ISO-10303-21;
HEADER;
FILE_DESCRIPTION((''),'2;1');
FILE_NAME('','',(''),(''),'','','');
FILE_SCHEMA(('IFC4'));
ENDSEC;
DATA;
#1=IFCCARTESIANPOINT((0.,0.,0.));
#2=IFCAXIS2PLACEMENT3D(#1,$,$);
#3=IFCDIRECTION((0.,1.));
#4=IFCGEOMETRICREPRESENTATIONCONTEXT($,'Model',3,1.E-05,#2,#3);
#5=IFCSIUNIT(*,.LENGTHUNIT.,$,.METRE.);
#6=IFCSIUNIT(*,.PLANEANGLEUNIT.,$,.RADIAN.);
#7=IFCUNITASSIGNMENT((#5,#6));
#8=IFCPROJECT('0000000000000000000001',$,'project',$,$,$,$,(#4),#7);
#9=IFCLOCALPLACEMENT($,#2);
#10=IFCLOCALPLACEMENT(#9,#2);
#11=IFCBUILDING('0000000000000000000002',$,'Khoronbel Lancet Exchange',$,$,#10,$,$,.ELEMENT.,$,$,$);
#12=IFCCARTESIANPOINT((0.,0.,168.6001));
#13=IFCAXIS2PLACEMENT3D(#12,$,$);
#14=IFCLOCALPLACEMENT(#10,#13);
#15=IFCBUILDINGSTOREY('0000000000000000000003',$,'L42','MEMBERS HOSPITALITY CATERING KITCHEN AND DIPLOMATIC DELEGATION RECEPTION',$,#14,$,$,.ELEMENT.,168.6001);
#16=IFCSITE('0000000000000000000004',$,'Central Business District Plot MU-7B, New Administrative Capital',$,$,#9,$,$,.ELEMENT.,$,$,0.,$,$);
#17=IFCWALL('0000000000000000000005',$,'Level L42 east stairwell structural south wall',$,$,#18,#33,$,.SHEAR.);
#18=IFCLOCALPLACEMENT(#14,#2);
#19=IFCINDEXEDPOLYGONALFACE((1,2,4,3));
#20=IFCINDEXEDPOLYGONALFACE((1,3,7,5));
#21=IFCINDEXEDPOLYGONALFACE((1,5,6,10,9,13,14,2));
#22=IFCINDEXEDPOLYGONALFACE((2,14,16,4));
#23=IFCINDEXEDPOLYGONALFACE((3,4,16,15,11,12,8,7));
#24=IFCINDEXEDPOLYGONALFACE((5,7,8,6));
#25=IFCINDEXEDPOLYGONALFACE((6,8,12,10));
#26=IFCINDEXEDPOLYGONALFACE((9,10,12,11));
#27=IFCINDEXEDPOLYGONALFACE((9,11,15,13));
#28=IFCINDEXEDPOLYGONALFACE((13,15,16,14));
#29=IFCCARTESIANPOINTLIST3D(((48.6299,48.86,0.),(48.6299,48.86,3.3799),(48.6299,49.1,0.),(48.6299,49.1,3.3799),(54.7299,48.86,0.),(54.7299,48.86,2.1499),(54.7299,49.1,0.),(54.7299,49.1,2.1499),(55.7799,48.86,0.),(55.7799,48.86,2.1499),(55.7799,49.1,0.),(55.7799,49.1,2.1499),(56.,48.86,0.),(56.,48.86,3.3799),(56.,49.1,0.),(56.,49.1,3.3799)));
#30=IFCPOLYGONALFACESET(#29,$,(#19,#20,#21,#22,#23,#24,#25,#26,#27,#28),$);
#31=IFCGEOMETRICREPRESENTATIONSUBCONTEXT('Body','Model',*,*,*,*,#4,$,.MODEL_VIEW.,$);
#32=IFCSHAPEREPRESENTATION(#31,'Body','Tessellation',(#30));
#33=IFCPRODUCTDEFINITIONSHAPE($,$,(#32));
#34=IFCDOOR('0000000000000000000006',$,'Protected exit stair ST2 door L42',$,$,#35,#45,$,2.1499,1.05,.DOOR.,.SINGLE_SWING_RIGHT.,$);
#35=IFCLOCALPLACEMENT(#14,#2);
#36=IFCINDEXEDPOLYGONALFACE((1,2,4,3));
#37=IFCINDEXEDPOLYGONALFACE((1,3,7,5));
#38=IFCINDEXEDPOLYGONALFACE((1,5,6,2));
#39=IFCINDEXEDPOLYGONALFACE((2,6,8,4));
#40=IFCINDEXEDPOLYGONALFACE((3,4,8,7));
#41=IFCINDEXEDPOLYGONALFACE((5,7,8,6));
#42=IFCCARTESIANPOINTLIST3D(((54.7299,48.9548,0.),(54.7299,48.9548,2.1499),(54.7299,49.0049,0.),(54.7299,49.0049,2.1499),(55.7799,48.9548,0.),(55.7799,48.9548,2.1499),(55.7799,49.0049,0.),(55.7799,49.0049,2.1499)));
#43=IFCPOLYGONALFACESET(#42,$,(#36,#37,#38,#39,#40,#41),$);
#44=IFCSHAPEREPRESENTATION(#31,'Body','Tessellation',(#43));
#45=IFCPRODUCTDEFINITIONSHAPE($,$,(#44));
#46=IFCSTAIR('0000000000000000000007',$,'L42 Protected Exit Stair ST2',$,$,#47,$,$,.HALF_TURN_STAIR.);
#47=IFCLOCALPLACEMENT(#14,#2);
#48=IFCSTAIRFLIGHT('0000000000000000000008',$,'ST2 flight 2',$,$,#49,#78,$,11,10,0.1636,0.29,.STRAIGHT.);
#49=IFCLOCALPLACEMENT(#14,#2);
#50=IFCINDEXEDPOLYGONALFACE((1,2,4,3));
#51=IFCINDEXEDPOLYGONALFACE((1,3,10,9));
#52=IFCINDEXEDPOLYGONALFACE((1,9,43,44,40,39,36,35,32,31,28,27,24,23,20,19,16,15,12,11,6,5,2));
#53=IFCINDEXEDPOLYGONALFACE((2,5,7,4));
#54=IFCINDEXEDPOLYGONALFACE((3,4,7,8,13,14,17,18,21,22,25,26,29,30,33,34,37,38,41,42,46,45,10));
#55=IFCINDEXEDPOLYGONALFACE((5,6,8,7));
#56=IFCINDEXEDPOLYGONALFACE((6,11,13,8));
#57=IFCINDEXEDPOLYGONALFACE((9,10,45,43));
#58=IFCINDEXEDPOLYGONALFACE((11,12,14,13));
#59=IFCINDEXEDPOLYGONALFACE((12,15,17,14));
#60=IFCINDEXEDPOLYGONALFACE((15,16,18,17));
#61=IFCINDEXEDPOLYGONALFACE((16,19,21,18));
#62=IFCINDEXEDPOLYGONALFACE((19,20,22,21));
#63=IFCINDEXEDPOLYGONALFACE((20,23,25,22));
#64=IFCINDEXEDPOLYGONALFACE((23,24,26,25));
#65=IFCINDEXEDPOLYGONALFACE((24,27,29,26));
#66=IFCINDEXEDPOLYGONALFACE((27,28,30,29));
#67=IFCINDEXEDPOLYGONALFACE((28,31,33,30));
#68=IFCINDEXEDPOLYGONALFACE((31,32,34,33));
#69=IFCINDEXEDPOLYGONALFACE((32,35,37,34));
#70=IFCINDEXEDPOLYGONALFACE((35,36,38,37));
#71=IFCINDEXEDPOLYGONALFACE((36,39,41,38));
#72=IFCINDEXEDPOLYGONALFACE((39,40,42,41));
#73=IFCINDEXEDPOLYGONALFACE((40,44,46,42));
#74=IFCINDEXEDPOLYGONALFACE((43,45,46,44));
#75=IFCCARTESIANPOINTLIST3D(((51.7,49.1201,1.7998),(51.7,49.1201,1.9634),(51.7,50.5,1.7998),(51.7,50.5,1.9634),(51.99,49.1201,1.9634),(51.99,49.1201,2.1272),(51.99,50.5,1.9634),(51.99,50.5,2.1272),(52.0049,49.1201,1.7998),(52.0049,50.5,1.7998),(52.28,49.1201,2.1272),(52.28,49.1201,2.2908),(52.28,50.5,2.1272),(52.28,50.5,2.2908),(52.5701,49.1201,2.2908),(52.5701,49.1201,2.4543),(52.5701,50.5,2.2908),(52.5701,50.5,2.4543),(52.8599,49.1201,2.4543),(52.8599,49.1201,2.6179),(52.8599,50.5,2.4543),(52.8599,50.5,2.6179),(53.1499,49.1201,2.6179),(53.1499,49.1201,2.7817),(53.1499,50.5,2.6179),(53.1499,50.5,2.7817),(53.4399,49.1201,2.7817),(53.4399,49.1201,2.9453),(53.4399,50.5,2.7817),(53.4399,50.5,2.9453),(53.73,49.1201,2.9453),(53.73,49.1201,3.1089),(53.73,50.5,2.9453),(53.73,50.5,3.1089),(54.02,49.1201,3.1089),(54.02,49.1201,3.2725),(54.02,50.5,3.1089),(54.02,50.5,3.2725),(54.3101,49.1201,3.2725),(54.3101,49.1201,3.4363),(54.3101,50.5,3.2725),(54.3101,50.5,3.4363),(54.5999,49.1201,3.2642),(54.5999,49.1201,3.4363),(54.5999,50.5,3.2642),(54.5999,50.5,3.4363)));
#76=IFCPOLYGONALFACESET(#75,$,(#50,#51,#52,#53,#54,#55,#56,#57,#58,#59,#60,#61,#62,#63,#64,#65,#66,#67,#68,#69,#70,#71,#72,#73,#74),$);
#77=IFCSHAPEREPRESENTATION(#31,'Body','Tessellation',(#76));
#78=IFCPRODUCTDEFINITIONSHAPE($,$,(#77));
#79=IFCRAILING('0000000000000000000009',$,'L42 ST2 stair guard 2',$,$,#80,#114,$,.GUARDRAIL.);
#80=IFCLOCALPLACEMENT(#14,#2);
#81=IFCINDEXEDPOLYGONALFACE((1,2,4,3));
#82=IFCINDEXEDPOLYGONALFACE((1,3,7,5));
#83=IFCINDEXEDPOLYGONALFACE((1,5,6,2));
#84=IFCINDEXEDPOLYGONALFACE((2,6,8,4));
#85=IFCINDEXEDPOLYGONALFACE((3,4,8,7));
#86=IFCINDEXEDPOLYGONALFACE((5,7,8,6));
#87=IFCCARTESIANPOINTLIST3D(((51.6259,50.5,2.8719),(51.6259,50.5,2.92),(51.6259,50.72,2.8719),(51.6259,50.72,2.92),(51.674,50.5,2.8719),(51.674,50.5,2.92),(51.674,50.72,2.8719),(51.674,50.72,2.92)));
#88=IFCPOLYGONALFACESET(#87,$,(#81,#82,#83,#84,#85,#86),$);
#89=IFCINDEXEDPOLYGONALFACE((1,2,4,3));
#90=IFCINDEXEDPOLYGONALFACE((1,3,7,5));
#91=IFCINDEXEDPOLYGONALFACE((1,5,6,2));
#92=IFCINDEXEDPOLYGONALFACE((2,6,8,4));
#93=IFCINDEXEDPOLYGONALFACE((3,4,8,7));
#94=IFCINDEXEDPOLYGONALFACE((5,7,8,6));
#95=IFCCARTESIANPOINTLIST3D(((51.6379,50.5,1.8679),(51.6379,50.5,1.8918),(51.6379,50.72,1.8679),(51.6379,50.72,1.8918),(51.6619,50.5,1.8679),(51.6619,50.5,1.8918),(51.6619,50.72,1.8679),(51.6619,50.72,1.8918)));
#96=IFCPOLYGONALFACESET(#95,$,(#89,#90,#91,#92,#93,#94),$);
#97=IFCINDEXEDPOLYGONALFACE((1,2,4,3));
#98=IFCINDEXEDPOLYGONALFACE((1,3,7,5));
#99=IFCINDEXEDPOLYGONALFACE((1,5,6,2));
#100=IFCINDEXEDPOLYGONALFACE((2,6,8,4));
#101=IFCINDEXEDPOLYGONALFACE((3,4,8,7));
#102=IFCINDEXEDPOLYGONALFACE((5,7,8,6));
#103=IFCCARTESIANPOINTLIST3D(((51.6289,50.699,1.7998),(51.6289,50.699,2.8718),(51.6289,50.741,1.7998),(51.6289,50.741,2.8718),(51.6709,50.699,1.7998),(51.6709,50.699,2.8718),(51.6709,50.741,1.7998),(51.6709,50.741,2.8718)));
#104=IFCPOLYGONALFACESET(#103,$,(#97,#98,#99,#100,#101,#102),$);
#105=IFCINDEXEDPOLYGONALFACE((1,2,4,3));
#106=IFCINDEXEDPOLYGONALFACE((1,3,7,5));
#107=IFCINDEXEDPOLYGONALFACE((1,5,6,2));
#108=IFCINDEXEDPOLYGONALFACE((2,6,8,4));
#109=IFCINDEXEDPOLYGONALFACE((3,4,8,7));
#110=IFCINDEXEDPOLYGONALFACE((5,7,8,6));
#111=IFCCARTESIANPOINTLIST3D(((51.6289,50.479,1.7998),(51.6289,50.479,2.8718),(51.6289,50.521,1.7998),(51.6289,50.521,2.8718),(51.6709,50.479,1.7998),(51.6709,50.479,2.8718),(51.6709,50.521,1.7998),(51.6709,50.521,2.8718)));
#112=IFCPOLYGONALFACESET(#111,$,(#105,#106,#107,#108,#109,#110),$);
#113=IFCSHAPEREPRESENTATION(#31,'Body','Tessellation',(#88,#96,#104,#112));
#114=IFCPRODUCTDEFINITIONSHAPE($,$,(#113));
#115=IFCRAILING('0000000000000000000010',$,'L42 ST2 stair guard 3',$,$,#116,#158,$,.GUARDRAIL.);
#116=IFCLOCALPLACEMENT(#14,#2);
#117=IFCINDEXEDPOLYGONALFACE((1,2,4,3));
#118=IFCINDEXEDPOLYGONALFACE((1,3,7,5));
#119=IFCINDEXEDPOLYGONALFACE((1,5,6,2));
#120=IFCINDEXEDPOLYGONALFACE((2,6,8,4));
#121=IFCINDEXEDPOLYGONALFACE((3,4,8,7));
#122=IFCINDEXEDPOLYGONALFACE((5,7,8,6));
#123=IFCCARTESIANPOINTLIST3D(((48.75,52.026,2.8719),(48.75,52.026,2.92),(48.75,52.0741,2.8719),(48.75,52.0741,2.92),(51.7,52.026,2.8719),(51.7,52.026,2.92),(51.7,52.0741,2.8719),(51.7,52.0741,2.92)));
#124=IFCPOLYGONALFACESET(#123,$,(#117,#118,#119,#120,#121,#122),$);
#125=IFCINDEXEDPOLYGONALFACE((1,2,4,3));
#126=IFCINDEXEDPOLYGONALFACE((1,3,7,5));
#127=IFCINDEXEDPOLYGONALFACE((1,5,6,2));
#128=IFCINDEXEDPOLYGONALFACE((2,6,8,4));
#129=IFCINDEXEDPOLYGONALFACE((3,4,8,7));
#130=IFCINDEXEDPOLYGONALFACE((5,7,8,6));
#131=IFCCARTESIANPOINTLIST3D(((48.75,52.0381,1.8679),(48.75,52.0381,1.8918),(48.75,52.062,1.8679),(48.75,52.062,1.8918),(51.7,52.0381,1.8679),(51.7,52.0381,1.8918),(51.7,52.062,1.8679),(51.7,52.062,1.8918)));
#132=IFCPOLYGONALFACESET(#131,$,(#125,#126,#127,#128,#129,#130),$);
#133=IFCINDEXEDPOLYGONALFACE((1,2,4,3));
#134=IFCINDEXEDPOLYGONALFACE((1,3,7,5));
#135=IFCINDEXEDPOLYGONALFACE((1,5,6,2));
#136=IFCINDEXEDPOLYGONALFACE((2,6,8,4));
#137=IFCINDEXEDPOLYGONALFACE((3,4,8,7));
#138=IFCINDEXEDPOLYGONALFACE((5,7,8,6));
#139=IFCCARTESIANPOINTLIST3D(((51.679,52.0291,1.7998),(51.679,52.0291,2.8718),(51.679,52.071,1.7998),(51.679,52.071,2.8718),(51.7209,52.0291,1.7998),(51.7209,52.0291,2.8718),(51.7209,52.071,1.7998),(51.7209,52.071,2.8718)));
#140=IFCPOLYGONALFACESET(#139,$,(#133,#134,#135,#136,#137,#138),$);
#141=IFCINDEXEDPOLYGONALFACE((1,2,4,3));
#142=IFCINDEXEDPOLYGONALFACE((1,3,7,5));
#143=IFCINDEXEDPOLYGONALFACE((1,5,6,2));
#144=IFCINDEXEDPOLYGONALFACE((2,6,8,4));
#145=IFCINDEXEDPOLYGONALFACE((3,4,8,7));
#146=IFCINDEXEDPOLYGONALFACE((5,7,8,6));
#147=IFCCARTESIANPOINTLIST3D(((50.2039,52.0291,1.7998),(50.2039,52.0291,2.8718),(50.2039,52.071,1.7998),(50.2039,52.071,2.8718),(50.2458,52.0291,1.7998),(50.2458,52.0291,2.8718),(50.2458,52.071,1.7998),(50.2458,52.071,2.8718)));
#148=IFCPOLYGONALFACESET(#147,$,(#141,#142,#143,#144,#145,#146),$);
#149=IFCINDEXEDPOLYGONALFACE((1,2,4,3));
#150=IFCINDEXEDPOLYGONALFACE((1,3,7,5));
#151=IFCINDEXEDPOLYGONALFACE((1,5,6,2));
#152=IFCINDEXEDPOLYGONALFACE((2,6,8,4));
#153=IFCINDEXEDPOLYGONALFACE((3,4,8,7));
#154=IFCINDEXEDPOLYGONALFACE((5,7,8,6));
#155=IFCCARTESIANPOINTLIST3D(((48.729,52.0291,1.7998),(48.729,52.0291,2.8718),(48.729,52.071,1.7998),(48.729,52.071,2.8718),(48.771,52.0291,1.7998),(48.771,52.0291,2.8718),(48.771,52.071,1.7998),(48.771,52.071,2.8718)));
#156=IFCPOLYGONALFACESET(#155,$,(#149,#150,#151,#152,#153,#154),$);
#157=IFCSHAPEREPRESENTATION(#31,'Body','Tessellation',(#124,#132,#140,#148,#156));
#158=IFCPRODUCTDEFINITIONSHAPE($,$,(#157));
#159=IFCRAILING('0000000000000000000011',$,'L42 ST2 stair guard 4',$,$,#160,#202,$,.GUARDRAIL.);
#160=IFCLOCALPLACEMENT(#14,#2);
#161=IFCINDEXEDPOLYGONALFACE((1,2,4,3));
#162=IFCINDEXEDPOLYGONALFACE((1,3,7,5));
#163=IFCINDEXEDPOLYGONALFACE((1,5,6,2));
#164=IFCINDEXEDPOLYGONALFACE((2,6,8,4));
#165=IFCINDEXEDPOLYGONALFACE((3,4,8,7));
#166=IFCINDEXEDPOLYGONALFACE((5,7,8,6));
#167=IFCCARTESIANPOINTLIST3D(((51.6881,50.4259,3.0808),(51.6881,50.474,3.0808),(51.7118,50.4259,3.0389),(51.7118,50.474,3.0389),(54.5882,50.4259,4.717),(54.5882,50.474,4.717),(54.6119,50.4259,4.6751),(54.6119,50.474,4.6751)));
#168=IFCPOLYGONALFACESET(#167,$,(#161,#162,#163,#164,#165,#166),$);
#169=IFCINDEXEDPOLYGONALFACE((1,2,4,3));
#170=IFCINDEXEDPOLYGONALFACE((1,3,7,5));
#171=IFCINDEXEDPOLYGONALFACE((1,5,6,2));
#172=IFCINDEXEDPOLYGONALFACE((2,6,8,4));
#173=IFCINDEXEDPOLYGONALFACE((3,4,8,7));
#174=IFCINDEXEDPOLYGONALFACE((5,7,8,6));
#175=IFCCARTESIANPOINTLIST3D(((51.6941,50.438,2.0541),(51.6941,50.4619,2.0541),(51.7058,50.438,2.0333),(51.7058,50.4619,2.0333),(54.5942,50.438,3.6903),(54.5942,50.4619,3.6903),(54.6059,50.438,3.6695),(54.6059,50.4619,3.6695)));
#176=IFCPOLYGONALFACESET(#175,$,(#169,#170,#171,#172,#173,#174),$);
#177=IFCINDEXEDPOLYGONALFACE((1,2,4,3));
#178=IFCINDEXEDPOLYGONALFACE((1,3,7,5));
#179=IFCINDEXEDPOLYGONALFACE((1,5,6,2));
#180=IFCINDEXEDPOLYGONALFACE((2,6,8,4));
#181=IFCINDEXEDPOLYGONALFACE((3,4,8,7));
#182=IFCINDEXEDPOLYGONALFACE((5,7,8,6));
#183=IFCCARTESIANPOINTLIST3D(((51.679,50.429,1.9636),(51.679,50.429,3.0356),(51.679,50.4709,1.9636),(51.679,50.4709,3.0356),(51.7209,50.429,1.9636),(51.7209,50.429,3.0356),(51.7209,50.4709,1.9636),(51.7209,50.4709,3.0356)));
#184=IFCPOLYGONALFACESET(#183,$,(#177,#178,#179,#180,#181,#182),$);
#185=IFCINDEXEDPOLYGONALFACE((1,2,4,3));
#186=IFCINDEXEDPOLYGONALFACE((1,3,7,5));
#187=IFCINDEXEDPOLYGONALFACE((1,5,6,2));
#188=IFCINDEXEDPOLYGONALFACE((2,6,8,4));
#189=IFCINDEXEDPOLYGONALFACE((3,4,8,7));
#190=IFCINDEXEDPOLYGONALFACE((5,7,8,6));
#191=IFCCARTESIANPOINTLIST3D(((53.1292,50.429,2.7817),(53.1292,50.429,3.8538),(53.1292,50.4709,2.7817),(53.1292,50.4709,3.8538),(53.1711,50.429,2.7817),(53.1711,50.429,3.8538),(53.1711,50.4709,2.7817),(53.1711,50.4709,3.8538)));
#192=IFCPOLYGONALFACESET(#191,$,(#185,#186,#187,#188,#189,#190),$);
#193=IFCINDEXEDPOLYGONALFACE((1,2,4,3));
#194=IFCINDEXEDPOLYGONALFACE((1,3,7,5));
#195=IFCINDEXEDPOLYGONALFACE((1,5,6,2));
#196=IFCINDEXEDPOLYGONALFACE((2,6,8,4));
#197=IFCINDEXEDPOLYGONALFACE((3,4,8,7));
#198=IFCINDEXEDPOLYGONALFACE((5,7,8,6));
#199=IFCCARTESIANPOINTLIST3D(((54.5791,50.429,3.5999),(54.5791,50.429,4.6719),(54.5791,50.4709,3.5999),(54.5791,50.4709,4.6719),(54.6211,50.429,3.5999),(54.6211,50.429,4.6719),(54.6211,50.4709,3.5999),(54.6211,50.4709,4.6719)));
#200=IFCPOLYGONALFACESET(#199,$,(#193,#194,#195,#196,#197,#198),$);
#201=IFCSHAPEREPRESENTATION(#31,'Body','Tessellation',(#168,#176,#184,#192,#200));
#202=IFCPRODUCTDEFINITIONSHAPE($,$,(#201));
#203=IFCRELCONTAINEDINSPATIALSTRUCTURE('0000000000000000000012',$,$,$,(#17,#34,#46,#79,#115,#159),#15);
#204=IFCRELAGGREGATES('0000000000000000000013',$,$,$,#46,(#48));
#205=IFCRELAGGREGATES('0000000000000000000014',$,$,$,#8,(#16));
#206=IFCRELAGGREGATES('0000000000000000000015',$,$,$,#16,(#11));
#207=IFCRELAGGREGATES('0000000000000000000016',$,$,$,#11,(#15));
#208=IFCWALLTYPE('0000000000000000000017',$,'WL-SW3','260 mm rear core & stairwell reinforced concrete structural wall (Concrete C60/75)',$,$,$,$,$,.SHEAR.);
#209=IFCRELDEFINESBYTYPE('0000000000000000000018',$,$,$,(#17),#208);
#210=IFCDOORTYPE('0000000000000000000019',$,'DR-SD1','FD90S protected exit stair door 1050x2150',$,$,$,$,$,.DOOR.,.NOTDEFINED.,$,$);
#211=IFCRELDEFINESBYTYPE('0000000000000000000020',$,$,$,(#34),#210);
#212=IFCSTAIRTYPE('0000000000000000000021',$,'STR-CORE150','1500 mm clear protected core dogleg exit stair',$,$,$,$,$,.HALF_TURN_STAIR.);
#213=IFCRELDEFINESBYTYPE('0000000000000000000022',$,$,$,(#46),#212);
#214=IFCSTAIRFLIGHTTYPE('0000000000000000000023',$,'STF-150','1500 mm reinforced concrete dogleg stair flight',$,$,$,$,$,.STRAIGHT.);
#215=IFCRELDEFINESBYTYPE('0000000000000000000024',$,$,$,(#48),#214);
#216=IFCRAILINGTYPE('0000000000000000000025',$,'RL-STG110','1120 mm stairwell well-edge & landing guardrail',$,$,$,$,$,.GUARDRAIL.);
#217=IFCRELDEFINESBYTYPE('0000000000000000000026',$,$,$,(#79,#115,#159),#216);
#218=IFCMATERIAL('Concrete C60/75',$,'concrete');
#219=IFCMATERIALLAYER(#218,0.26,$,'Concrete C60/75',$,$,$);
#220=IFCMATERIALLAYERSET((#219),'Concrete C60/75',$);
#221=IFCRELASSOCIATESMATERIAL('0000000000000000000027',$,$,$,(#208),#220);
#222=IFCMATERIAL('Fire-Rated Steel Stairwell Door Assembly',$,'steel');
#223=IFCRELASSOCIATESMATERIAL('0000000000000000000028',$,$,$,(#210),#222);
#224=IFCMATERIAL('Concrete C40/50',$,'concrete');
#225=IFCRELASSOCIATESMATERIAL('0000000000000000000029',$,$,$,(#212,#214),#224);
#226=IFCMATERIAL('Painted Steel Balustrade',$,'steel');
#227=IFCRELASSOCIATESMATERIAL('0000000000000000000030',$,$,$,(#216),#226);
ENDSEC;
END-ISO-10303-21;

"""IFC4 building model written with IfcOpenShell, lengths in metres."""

from ifc_helpers import new_model, si_unit, direction, frame, frame_2d, origin, origin_2d, place, context, subcontext, project, spatial, polyline, rectangle, outline, extrude, material, layer, layer_set, type_object, element, fill, aggregate, save


model = new_model("IFC4")

# Units and contexts
model_context = context("Model", 3, precision=1e-05, world=origin(), true_north=direction((0.0, 1.0)))
body_context = subcontext(model_context, "Body", "Model", "MODEL_VIEW")
ifc_project = project(units=[si_unit("LENGTHUNIT", "METRE"), si_unit("PLANEANGLEUNIT", "RADIAN")], contexts=[model_context])

# Site, building, storey
site_placement = place(None, origin())
site = spatial("IfcSite", under=ifc_project, at=site_placement, Name="Central Business District Plot MU-7B, New Administrative Capital", CompositionType="ELEMENT", RefElevation=0.0)
building_placement = place(site_placement, origin())
building = spatial("IfcBuilding", under=site, at=building_placement, Name="Khoronbel Lancet Exchange", CompositionType="ELEMENT")
storey_placement = place(building_placement, frame((0.0, 0.0, 168.6001)))
storey = spatial("IfcBuildingStorey", under=building, at=storey_placement, Name="L42", Description="MEMBERS HOSPITALITY CATERING KITCHEN AND DIPLOMATIC DELEGATION RECEPTION", CompositionType="ELEMENT", Elevation=168.6001)

# Wall, opening, door
ifc_material_1 = material(Name="Concrete C60/75", Category="concrete")
ifc_layer_1 = layer(ifc_material_1, 0.26, Name="Concrete C60/75")
ifc_layer_set_1 = layer_set([ifc_layer_1], Name="Concrete C60/75")
wall_type_1 = type_object("IfcWallType", Name="WL-SW3", Description="260 mm rear core & stairwell reinforced concrete structural wall (Concrete C60/75)", PredefinedType="SHEAR", material=ifc_layer_set_1)
wall_1_placement = place(storey_placement, frame((48.6299, 48.98, 0.0), z_axis=(0.0, 0.0, 1.0), x_axis=(1.0, 0.0, 0.0)))
wall_1 = element("IfcWall", 1, at=wall_1_placement, inside=storey, type_object=wall_type_1, Name="Level L42 east stairwell structural south wall", PredefinedType="SHEAR", context=body_context, shape_type="SweptSolid", body=[
    extrude(rectangle(XDim=7.3701, YDim=0.24, at=frame_2d((3.6851, 0.0))), origin(), (0.0, 0.0, 1.0), 3.3799),
])
opening_1_placement = place(wall_1_placement, frame((6.1001, 0.0, 0.0)))
opening_1 = element("IfcOpeningElement", 2, at=opening_1_placement, cuts=wall_1, PredefinedType="OPENING", context=body_context, shape_type="SweptSolid", body=[
    extrude(rectangle(XDim=1.05, YDim=2.1499, at=frame_2d((0.5249, 1.075))), frame((0.0, 0.1299, 0.0), z_axis=(0.0, -1.0, 0.0), x_axis=(1.0, 0.0, 0.0)), (0.0, 0.0, 1.0), 0.26),
])
ifc_material_2 = material(Name="Fire-Rated Steel Stairwell Door Assembly", Category="steel")
door_type_1 = type_object("IfcDoorType", Name="DR-SD1", Description="FD90S protected exit stair door 1050x2150", OperationType="NOTDEFINED", PredefinedType="DOOR", material=ifc_material_2)
door_1_placement = place(opening_1_placement, origin())
door_1 = element("IfcDoor", 3, at=door_1_placement, inside=storey, type_object=door_type_1, Name="Protected exit stair ST2 door L42", OperationType="SINGLE_SWING_RIGHT", OverallHeight=2.1499, OverallWidth=1.05, PredefinedType="DOOR", context=body_context, shape_type="SweptSolid", body=[
    extrude(rectangle(XDim=1.05, YDim=2.1499, at=frame_2d((0.5249, 1.075))), frame((0.0, 0.0249, 0.0), z_axis=(0.0, -1.0, 0.0), x_axis=(1.0, 0.0, 0.0)), (0.0, 0.0, 1.0), 0.05),
])
fill(opening_1, door_1)

# Stair, stair flight
ifc_material_3 = material(Name="Concrete C40/50", Category="concrete")
stair_type = type_object("IfcStairType", Name="STR-CORE150", Description="1500 mm clear protected core dogleg exit stair", PredefinedType="HALF_TURN_STAIR", material=ifc_material_3)
stair_placement = place(storey_placement, origin())
stair = element("IfcStair", 4, at=stair_placement, inside=storey, type_object=stair_type, Name="L42 Protected Exit Stair ST2", PredefinedType="HALF_TURN_STAIR")
stair_flight_type = type_object("IfcStairFlightType", Name="STF-150", Description="1500 mm reinforced concrete dogleg stair flight", PredefinedType="STRAIGHT", material=ifc_material_3)
stair_flight_placement = place(storey_placement, frame((51.7, 49.8101, 1.7998), z_axis=(0.0, 0.0, 1.0), x_axis=(1.0, 0.0, 0.0)))
stair_flight = element("IfcStairFlight", 5, at=stair_flight_placement, type_object=stair_flight_type, Name="ST2 flight 2", NumberOfRisers=11, NumberOfTreads=10, PredefinedType="STRAIGHT", RiserHeight=0.1636, TreadLength=0.29, context=body_context, shape_type="SweptSolid", body=[
    extrude(outline(polyline([(0.0, 0.0), (0.0, 0.1636), (0.29, 0.1636), (0.29, 0.3274), (0.5801, 0.3274), (0.5801, 0.491), (0.8701, 0.491), (0.8701, 0.6545), (1.1599, 0.6545), (1.1599, 0.8181), (1.45, 0.8181), (1.45, 0.9819), (1.74, 0.9819), (1.74, 1.1455), (2.03, 1.1455), (2.03, 1.3091), (2.3201, 1.3091), (2.3201, 1.4727), (2.6101, 1.4727), (2.6101, 1.6365), (2.8999, 1.6365), (2.8999, 1.8), (2.8999, 1.4644), (0.3049, 0.0), (0.0, 0.0)])), frame((0.0, 0.6899, 0.0), z_axis=(0.0, -1.0, 0.0), x_axis=(1.0, 0.0, 0.0)), (0.0, 0.0, 1.0), 1.3799),
])
aggregate(stair, [stair_flight])

# Railings
ifc_material_4 = material(Name="Painted Steel Balustrade", Category="steel")
railing_type_1 = type_object("IfcRailingType", Name="RL-STG110", Description="1120 mm stairwell well-edge & landing guardrail", PredefinedType="GUARDRAIL", material=ifc_material_4)
railing_1_placement = place(storey_placement, frame((51.6499, 50.72, 1.7998)))
element("IfcRailing", 6, at=railing_1_placement, inside=storey, type_object=railing_type_1, Name="L42 ST2 stair guard 2", PredefinedType="GUARDRAIL", context=body_context, shape_type="SweptSolid", body=[
    extrude(rectangle(XDim=0.0481, YDim=0.0481, at=origin_2d()), frame((0.0, 0.0, 1.0962), z_axis=(0.0, -1.0, 0.0), x_axis=(1.0, 0.0, 0.0)), (0.0, 0.0, 1.0), 0.22),
    extrude(rectangle(XDim=0.0239, YDim=0.0239, at=origin_2d()), frame((0.0, 0.0, 0.0801), z_axis=(0.0, -1.0, 0.0), x_axis=(1.0, 0.0, 0.0)), (0.0, 0.0, 1.0), 0.22),
    extrude(rectangle(XDim=0.042, YDim=0.042, at=origin_2d()), origin(), (0.0, 0.0, 1.0), 1.072),
    extrude(rectangle(XDim=0.042, YDim=0.042, at=origin_2d()), frame((0.0, -0.22, 0.0)), (0.0, 0.0, 1.0), 1.072),
])
railing_2_placement = place(storey_placement, frame((51.7, 52.05, 1.7998)))
element("IfcRailing", 7, at=railing_2_placement, inside=storey, type_object=railing_type_1, Name="L42 ST2 stair guard 3", PredefinedType="GUARDRAIL", context=body_context, shape_type="SweptSolid", body=[
    extrude(rectangle(XDim=0.0481, YDim=0.0481, at=origin_2d()), frame((0.0, 0.0, 1.0962), z_axis=(-1.0, 0.0, 0.0), x_axis=(0.0, -1.0, 0.0)), (0.0, 0.0, 1.0), 2.95),
    extrude(rectangle(XDim=0.0239, YDim=0.0239, at=origin_2d()), frame((0.0, 0.0, 0.0801), z_axis=(-1.0, 0.0, 0.0), x_axis=(0.0, -1.0, 0.0)), (0.0, 0.0, 1.0), 2.95),
    extrude(rectangle(XDim=0.042, YDim=0.042, at=origin_2d()), origin(), (0.0, 0.0, 1.0), 1.072),
    extrude(rectangle(XDim=0.042, YDim=0.042, at=origin_2d()), frame((-1.4751, 0.0, 0.0)), (0.0, 0.0, 1.0), 1.072),
    extrude(rectangle(XDim=0.042, YDim=0.042, at=origin_2d()), frame((-2.95, 0.0, 0.0)), (0.0, 0.0, 1.0), 1.072),
])
railing_3_placement = place(storey_placement, frame((51.7, 50.45, 1.9636)))
element("IfcRailing", 8, at=railing_3_placement, inside=storey, type_object=railing_type_1, Name="L42 ST2 stair guard 4", PredefinedType="GUARDRAIL", context=body_context, shape_type="SweptSolid", body=[
    extrude(rectangle(XDim=0.0481, YDim=0.0481, at=origin_2d()), frame((0.0, 0.0, 1.0962), z_axis=(0.870946, 0.0, 0.491378), x_axis=(0.0, 1.0, 0.0)), (0.0, 0.0, 1.0), 3.3298),
    extrude(rectangle(XDim=0.0239, YDim=0.0239, at=origin_2d()), frame((0.0, 0.0, 0.0801), z_axis=(0.870946, 0.0, 0.491378), x_axis=(0.0, 1.0, 0.0)), (0.0, 0.0, 1.0), 3.3298),
    extrude(rectangle(XDim=0.042, YDim=0.042, at=origin_2d()), origin(), (0.0, 0.0, 1.0), 1.072),
    extrude(rectangle(XDim=0.042, YDim=0.042, at=origin_2d()), frame((1.4502, 0.0, 0.8181)), (0.0, 0.0, 1.0), 1.072),
    extrude(rectangle(XDim=0.042, YDim=0.042, at=origin_2d()), frame((2.9001, 0.0, 1.6362)), (0.0, 0.0, 1.0), 1.072),
])

save(model, "model.ifc")
